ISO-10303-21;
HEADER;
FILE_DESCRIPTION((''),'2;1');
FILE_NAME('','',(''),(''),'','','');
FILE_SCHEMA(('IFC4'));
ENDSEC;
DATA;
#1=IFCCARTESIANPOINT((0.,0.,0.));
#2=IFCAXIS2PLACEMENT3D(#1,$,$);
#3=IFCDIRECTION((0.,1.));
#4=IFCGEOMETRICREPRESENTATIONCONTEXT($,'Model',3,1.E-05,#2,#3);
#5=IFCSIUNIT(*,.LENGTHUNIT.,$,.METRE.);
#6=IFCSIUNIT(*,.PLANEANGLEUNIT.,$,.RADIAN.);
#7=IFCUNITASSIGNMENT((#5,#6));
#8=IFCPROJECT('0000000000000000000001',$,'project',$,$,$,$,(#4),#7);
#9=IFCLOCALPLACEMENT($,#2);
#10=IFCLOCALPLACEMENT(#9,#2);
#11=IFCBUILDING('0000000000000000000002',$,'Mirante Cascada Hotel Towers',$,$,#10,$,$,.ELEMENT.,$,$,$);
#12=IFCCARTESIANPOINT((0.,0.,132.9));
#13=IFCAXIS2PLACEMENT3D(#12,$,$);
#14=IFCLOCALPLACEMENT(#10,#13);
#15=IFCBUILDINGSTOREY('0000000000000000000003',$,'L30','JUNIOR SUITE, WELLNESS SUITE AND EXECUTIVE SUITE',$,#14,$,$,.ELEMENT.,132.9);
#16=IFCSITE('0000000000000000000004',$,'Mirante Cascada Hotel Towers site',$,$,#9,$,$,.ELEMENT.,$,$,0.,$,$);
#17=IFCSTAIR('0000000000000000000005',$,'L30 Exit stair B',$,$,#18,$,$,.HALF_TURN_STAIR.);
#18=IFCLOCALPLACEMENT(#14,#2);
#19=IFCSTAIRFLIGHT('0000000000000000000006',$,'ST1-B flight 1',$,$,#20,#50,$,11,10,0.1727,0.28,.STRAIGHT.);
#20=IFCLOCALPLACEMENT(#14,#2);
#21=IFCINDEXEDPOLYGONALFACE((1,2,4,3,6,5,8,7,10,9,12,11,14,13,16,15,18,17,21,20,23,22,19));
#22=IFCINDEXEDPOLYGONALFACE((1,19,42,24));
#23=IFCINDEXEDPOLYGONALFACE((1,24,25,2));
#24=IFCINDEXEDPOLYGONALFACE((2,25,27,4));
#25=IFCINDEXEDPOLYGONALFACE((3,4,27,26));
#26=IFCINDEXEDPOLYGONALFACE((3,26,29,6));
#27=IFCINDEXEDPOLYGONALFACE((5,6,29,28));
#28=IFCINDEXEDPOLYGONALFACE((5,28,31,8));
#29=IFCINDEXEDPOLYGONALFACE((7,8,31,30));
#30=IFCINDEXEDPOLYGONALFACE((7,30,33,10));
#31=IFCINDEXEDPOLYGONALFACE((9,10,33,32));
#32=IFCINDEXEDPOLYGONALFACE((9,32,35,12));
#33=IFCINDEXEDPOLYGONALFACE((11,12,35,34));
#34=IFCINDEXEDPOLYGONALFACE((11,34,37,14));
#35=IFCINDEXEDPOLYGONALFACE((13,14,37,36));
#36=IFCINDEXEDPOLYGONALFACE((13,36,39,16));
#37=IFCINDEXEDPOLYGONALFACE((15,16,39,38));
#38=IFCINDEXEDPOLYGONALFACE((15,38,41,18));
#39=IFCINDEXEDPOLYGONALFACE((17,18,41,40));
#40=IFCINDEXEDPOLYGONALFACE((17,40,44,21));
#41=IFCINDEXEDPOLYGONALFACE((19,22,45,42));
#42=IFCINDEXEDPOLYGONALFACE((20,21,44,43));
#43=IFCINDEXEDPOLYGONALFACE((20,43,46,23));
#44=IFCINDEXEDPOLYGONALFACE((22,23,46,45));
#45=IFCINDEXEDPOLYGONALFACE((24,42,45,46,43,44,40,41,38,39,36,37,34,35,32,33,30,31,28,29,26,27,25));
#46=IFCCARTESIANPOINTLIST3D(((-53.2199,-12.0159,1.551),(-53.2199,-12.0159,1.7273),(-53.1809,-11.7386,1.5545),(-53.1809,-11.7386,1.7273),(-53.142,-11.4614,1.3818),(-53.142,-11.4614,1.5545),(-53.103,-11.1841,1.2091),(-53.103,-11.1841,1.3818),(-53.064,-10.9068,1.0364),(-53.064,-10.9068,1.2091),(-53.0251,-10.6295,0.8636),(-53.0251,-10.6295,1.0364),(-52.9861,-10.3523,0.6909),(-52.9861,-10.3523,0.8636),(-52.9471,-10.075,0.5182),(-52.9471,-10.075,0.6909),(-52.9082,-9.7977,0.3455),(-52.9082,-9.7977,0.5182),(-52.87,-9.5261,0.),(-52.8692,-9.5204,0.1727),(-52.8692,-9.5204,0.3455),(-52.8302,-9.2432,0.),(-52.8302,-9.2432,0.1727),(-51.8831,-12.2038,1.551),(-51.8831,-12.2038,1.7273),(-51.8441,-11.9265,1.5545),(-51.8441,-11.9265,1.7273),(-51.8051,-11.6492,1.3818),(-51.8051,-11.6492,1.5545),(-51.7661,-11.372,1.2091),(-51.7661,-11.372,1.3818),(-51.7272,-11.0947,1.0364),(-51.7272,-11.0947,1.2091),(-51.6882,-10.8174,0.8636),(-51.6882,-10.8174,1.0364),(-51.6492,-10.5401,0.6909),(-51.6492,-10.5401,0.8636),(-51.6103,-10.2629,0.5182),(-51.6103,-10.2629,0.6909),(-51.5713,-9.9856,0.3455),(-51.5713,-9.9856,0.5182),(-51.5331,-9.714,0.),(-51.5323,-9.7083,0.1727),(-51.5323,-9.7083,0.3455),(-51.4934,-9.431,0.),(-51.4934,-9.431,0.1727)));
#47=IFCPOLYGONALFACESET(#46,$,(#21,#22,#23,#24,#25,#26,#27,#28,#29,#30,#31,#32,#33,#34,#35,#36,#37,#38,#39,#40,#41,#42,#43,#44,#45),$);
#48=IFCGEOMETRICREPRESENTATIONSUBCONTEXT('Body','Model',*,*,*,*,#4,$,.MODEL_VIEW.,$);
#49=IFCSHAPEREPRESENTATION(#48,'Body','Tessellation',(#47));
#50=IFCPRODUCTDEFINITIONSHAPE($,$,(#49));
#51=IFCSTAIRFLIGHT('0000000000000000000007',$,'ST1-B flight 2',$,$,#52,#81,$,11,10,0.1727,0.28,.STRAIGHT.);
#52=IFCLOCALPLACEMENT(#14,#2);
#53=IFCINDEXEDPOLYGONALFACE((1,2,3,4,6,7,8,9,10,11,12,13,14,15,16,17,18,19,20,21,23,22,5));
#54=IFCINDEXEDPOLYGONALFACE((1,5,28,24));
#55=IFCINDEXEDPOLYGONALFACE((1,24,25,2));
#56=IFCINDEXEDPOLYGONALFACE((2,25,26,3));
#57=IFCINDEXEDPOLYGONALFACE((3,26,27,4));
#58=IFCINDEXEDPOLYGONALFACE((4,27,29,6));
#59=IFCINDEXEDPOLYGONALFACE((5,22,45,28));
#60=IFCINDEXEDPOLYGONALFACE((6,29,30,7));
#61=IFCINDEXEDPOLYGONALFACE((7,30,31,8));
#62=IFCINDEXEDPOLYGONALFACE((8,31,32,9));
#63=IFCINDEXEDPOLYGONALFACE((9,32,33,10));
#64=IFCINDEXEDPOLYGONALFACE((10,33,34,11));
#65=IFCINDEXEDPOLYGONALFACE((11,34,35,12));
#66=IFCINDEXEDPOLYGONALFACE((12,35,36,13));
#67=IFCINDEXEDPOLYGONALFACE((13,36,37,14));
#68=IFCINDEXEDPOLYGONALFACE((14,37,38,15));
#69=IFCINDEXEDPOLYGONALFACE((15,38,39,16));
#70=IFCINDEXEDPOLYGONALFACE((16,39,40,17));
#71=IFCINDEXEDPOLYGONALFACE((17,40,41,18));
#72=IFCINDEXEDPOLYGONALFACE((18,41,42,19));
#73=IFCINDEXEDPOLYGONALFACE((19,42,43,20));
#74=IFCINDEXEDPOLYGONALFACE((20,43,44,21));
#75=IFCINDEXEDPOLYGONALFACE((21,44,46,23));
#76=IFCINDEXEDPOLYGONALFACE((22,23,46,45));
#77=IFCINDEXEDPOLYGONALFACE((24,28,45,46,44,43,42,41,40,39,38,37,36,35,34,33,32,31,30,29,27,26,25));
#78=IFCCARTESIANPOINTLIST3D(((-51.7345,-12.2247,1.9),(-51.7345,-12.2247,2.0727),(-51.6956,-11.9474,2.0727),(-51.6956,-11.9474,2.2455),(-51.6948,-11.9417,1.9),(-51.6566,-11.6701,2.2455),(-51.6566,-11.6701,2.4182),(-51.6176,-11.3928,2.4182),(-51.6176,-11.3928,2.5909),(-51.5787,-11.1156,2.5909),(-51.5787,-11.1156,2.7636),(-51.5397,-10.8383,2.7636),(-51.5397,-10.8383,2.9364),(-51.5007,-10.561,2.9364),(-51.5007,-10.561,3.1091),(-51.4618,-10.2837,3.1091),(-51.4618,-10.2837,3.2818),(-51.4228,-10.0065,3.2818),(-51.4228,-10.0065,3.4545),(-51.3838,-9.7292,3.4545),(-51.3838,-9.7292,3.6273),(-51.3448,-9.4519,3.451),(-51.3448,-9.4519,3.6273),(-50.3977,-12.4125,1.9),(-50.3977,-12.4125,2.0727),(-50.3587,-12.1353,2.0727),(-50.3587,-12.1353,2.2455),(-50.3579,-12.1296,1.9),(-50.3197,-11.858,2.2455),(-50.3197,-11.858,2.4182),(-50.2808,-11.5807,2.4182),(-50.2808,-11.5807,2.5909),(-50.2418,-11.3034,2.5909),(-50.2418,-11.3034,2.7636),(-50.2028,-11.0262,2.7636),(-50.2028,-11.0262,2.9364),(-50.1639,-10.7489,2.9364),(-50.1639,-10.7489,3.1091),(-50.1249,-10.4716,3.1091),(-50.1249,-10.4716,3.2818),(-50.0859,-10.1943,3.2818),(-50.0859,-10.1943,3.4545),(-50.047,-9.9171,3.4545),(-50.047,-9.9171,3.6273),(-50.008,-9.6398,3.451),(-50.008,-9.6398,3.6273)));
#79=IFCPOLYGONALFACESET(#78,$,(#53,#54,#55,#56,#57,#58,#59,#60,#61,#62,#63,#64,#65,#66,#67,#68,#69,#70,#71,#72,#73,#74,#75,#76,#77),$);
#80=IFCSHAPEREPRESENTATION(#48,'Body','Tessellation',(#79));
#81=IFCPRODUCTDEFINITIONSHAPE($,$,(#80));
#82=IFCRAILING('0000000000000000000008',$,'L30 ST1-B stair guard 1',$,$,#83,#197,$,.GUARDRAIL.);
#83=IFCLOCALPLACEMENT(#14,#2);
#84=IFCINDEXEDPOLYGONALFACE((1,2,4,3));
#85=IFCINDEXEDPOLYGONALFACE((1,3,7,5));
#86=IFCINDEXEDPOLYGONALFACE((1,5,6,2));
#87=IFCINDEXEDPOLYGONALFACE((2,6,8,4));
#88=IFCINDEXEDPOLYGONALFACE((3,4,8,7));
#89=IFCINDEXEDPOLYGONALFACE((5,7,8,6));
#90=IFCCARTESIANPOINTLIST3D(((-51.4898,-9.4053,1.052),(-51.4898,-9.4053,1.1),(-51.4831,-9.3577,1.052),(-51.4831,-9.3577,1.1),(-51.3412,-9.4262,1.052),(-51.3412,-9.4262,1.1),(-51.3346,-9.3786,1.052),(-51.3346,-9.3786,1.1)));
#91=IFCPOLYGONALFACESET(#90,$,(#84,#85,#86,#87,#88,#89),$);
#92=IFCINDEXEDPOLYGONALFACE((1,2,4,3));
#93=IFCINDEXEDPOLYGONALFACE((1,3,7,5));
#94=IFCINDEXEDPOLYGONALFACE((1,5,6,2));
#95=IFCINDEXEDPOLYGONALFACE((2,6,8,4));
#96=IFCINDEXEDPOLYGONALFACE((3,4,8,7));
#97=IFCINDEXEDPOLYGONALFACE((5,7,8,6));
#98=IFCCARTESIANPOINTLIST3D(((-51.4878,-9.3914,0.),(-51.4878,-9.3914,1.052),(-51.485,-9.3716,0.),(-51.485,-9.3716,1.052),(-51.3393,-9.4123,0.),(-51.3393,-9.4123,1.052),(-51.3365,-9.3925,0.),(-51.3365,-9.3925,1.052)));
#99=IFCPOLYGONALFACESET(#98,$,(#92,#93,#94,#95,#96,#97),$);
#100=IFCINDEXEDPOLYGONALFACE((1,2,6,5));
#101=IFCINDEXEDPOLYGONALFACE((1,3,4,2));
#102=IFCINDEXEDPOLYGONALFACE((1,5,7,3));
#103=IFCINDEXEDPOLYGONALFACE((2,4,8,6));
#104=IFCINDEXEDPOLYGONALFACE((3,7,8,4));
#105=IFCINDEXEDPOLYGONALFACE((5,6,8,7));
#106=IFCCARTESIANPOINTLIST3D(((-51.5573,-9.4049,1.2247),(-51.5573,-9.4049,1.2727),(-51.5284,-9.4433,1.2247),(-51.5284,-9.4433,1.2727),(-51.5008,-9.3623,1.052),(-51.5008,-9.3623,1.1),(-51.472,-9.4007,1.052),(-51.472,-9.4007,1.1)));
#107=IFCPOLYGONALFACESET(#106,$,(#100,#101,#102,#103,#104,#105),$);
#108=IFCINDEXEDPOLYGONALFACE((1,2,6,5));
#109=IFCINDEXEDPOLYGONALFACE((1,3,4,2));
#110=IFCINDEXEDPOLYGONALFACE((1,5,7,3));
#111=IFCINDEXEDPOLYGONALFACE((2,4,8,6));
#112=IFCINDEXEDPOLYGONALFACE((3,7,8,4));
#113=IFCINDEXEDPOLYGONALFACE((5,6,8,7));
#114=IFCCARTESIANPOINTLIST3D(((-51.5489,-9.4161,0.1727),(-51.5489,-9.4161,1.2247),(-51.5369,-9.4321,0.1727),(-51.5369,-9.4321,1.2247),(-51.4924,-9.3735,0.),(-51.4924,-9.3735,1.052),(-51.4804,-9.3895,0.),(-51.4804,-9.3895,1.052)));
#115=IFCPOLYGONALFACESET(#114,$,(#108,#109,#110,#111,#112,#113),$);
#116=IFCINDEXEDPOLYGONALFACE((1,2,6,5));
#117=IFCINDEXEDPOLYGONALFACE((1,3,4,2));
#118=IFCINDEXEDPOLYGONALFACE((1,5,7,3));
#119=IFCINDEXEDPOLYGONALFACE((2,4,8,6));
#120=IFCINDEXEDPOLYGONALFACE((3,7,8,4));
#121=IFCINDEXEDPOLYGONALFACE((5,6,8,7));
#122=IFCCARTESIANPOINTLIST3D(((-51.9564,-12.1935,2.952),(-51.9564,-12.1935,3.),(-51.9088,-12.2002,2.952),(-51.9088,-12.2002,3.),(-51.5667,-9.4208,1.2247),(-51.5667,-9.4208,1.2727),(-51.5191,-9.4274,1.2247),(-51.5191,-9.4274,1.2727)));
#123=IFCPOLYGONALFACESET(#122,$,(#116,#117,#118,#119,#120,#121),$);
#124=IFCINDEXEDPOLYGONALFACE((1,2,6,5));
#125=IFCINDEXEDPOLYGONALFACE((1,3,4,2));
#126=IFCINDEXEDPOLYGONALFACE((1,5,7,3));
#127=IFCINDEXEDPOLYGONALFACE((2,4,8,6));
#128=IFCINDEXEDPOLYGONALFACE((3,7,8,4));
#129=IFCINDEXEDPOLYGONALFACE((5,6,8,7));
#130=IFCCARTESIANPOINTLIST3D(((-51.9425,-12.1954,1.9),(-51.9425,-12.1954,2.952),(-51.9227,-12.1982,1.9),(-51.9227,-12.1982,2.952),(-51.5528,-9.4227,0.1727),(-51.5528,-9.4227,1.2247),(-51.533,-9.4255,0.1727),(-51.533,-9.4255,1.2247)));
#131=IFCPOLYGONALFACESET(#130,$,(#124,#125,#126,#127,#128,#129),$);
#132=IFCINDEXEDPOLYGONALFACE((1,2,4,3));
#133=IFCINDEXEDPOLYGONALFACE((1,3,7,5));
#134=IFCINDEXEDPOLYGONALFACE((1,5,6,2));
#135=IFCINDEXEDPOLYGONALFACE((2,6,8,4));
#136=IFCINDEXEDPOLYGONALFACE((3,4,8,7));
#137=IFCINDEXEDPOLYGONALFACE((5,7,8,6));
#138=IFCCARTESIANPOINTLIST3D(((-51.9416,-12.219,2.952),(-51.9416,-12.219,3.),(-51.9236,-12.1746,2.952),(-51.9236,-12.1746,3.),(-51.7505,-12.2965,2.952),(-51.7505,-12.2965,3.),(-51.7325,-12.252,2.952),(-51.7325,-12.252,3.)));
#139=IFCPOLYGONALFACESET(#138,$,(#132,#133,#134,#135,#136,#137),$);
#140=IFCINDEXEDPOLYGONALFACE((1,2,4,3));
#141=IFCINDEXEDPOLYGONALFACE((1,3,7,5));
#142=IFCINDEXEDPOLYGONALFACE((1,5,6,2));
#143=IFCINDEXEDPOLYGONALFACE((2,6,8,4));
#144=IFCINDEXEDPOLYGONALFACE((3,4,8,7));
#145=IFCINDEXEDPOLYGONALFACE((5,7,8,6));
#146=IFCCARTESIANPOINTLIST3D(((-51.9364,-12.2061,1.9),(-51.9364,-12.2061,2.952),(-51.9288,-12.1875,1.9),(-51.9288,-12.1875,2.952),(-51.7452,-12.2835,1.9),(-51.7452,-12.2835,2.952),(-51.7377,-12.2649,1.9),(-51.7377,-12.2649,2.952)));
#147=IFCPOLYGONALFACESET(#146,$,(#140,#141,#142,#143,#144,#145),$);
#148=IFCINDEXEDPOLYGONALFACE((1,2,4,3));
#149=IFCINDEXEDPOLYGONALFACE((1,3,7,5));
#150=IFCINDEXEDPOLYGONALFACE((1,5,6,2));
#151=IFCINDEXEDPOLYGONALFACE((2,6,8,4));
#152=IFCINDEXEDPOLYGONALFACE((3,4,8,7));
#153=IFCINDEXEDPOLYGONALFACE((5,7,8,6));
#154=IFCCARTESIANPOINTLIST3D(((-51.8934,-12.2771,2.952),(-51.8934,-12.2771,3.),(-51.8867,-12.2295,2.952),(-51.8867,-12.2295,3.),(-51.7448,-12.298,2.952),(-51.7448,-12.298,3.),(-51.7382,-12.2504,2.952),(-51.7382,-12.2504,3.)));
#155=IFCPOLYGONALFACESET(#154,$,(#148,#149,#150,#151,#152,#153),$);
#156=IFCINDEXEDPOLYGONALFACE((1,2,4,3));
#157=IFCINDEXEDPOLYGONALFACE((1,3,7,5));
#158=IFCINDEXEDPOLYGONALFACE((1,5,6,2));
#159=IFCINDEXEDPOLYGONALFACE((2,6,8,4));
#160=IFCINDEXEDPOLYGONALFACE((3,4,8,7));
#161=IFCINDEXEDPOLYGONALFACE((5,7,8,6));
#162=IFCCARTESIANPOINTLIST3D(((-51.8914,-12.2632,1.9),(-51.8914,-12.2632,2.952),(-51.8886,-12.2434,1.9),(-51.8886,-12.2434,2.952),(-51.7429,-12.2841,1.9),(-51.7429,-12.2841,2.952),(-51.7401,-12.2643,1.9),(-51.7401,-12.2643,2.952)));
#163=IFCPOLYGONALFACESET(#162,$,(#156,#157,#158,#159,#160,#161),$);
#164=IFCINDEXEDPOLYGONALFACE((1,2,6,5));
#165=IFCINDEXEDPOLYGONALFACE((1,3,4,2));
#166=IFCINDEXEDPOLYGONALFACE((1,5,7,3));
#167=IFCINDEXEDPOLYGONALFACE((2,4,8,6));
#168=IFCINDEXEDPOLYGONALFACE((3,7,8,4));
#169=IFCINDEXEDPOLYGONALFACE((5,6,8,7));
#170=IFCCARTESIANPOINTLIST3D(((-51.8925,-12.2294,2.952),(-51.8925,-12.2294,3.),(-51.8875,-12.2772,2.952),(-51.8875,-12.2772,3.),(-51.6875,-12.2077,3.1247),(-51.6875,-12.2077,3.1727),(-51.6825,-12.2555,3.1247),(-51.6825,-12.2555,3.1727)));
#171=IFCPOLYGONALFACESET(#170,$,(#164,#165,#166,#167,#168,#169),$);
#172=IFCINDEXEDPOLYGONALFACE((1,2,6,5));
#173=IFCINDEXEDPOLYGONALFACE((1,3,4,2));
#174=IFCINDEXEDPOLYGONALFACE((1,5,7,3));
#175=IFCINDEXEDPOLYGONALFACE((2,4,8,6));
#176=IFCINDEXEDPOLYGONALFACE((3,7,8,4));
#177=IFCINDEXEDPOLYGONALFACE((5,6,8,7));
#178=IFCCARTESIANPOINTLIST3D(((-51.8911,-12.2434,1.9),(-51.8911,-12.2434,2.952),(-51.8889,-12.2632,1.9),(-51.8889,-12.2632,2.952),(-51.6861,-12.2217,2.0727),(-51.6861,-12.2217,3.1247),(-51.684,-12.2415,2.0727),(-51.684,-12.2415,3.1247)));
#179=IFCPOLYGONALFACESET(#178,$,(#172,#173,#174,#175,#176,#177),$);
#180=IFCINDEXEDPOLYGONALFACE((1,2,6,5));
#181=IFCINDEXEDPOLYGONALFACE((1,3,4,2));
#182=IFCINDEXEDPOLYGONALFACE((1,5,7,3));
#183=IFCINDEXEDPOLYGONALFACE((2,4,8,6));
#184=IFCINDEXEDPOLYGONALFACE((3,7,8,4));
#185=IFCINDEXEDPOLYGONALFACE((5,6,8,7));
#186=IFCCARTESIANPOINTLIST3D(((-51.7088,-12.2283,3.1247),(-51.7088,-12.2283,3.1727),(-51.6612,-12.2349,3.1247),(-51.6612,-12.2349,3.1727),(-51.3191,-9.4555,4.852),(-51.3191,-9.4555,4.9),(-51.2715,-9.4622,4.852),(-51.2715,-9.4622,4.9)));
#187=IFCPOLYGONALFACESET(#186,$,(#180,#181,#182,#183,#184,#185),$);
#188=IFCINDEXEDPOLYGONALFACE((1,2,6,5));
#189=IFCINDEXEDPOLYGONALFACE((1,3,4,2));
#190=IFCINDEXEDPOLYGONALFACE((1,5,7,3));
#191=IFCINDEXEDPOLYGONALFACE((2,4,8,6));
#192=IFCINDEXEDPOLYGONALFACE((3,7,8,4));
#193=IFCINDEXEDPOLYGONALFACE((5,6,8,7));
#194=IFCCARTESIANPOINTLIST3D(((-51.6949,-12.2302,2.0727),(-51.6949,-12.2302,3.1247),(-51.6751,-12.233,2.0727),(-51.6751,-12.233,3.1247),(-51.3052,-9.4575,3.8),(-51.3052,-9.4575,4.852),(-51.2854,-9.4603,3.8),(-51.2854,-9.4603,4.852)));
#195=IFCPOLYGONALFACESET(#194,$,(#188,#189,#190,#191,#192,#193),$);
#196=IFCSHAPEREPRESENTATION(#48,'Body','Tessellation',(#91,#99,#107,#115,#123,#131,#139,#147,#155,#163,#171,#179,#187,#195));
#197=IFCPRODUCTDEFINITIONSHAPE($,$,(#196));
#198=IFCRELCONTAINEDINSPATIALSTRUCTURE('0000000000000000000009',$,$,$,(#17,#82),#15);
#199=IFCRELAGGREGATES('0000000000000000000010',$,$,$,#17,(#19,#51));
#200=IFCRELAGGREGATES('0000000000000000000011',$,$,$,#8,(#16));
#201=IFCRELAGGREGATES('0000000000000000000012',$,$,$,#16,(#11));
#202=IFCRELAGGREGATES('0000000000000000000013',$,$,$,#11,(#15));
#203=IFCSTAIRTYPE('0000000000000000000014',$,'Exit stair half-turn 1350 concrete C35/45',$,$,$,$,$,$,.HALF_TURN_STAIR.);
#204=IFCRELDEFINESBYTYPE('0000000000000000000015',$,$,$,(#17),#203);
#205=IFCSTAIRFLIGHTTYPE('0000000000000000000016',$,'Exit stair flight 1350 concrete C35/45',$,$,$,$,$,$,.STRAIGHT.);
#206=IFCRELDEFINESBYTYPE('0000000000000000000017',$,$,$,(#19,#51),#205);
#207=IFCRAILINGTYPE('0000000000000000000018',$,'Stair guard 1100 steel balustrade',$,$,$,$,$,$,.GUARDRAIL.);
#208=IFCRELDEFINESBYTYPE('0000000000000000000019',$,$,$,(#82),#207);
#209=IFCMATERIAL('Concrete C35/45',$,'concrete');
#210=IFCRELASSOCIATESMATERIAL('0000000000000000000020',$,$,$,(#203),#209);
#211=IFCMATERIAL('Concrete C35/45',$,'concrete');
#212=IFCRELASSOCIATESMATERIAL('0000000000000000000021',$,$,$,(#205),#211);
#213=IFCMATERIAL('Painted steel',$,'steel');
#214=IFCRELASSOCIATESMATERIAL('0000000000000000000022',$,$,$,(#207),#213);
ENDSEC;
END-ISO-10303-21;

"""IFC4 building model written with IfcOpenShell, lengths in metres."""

from ifc_helpers import new_model, si_unit, direction, frame, origin, origin_2d, place, context, subcontext, project, spatial, polyline, rectangle, outline, extrude, material, type_object, element, aggregate, save


model = new_model("IFC4")

# Units and contexts
model_context = context("Model", 3, precision=1e-05, world=origin(), true_north=direction((0.0, 1.0)))
body_context = subcontext(model_context, "Body", "Model", "MODEL_VIEW")
ifc_project = project(units=[si_unit("LENGTHUNIT", "METRE"), si_unit("PLANEANGLEUNIT", "RADIAN")], contexts=[model_context])

# Site, building, storey
site_placement = place(None, origin())
site = spatial("IfcSite", under=ifc_project, at=site_placement, Name="Mirante Cascada Hotel Towers site", CompositionType="ELEMENT", RefElevation=0.0)
building_placement = place(site_placement, origin())
building = spatial("IfcBuilding", under=site, at=building_placement, Name="Mirante Cascada Hotel Towers", CompositionType="ELEMENT")
storey_placement = place(building_placement, frame((0.0, 0.0, 132.9)))
storey = spatial("IfcBuildingStorey", under=building, at=storey_placement, Name="L30", Description="JUNIOR SUITE, WELLNESS SUITE AND EXECUTIVE SUITE", CompositionType="ELEMENT", Elevation=132.9)

# Stair, stair flights
ifc_material_1 = material(Name="Concrete C35/45", Category="concrete")
stair_type = type_object("IfcStairType", Name="Exit stair half-turn 1350 concrete C35/45", PredefinedType="HALF_TURN_STAIR", material=ifc_material_1)
stair_placement = place(storey_placement, origin())
stair = element("IfcStair", 1, at=stair_placement, inside=storey, type_object=stair_type, Name="L30 Exit stair B", PredefinedType="HALF_TURN_STAIR")
ifc_material_2 = material(Name="Concrete C35/45", Category="concrete")
stair_flight_type = type_object("IfcStairFlightType", Name="Exit stair flight 1350 concrete C35/45", PredefinedType="STRAIGHT", material=ifc_material_2)
stair_flight_1_placement = place(storey_placement, frame((-52.1618, -9.3371, 0.0), z_axis=(0.0, 0.0, 1.0), x_axis=(-0.139173, -0.990268, 0.0)))
stair_flight_1 = element("IfcStairFlight", 2, at=stair_flight_1_placement, type_object=stair_flight_type, Name="ST1-B flight 1", NumberOfRisers=11, NumberOfTreads=10, PredefinedType="STRAIGHT", RiserHeight=0.1727, TreadLength=0.28, context=body_context, shape_type="SweptSolid", body=[
    extrude(outline(polyline([(0.0, 0.0), (0.0, 0.1727), (0.28, 0.1727), (0.28, 0.3455), (0.56, 0.3455), (0.56, 0.5182), (0.84, 0.5182), (0.84, 0.6909), (1.12, 0.6909), (1.12, 0.8636), (1.4, 0.8636), (1.4, 1.0364), (1.68, 1.0364), (1.68, 1.2091), (1.96, 1.2091), (1.96, 1.3818), (2.24, 1.3818), (2.24, 1.5545), (2.52, 1.5545), (2.52, 1.7273), (2.8, 1.7273), (2.8, 1.9), (2.8, 1.551), (0.2857, 0.0), (0.0, 0.0)])), frame((0.0, 0.675, 0.0), z_axis=(0.0, -1.0, 0.0), x_axis=(1.0, 0.0, 0.0)), (0.0, 0.0, 1.0), 1.35),
])
stair_flight_2_placement = place(storey_placement, frame((-51.0661, -12.3186, 1.9), z_axis=(0.0, 0.0, 1.0), x_axis=(0.139173, 0.990268, 0.0)))
stair_flight_2 = element("IfcStairFlight", 3, at=stair_flight_2_placement, type_object=stair_flight_type, Name="ST1-B flight 2", NumberOfRisers=11, NumberOfTreads=10, PredefinedType="STRAIGHT", RiserHeight=0.1727, TreadLength=0.28, context=body_context, shape_type="SweptSolid", body=[
    extrude(outline(polyline([(0.0, 0.0), (0.0, 0.1727), (0.28, 0.1727), (0.28, 0.3455), (0.56, 0.3455), (0.56, 0.5182), (0.84, 0.5182), (0.84, 0.6909), (1.12, 0.6909), (1.12, 0.8636), (1.4, 0.8636), (1.4, 1.0364), (1.68, 1.0364), (1.68, 1.2091), (1.96, 1.2091), (1.96, 1.3818), (2.24, 1.3818), (2.24, 1.5545), (2.52, 1.5545), (2.52, 1.7273), (2.8, 1.7273), (2.8, 1.9), (2.8, 1.551), (0.2857, 0.0), (0.0, 0.0)])), frame((0.0, 0.675, 0.0), z_axis=(0.0, -1.0, 0.0), x_axis=(1.0, 0.0, 0.0)), (0.0, 0.0, 1.0), 1.35),
])
aggregate(stair, [stair_flight_1, stair_flight_2])

# Railing
ifc_material_3 = material(Name="Painted steel", Category="steel")
railing_type_1 = type_object("IfcRailingType", Name="Stair guard 1100 steel balustrade", PredefinedType="GUARDRAIL", material=ifc_material_3)
railing_1_placement = place(storey_placement, frame((-51.3379, -9.4024, 0.0)))
element("IfcRailing", 4, at=railing_1_placement, inside=storey, type_object=railing_type_1, Name="L30 ST1-B stair guard 1", PredefinedType="GUARDRAIL", context=body_context, shape_type="SweptSolid", body=[
    extrude(rectangle(XDim=0.048, YDim=0.048, at=origin_2d()), frame((0.0, 0.0, 1.076), z_axis=(-0.990241, 0.139367, 0.0), x_axis=(-0.139367, -0.990241, 0.0)), (0.0, 0.0, 1.0), 0.15),
    extrude(rectangle(XDim=0.02, YDim=1.052, at=origin_2d()), frame((0.0, 0.0, 0.526), z_axis=(-0.990241, 0.139367, 0.0), x_axis=(-0.139367, -0.990241, 0.0)), (0.0, 0.0, 1.0), 0.15),
    extrude(rectangle(XDim=0.048, YDim=0.048, at=origin_2d()), frame((-0.1485, 0.0209, 1.076), z_axis=(-0.798471, -0.602033, 0.0), x_axis=(0.602033, -0.798471, 0.0)), (0.0, 0.92534, 0.379139), 0.1866),
    extrude(rectangle(XDim=0.02, YDim=1.052, at=origin_2d()), frame((-0.1485, 0.0209, 0.526), z_axis=(-0.798471, -0.602033, 0.0), x_axis=(0.602033, -0.798471, 0.0)), (0.0, 0.92534, 0.379139), 0.1866),
    extrude(rectangle(XDim=0.048, YDim=0.048, at=origin_2d()), frame((-0.205, -0.0217, 1.2487), z_axis=(-0.139181, -0.990267, 0.0), x_axis=(0.990267, -0.139181, 0.0)), (0.0, 0.525035, 0.851081), 3.2899),
    extrude(rectangle(XDim=0.02, YDim=1.052, at=origin_2d()), frame((-0.205, -0.0217, 0.6987), z_axis=(-0.139181, -0.990267, 0.0), x_axis=(0.990267, -0.139181, 0.0)), (0.0, 0.525035, 0.851081), 3.2899),
    extrude(rectangle(XDim=0.048, YDim=0.048, at=origin_2d()), frame((-0.5947, -2.7944, 2.976), z_axis=(0.926862, -0.375401, 0.0), x_axis=(0.375401, 0.926862, 0.0)), (0.0, 0.0, 1.0), 0.2062),
    extrude(rectangle(XDim=0.02, YDim=1.052, at=origin_2d()), frame((-0.5947, -2.7944, 2.426), z_axis=(0.926862, -0.375401, 0.0), x_axis=(0.375401, 0.926862, 0.0)), (0.0, 0.0, 1.0), 0.2062),
    extrude(rectangle(XDim=0.048, YDim=0.048, at=origin_2d()), frame((-0.4036, -2.8718, 2.976), z_axis=(-0.990241, 0.139367, 0.0), x_axis=(-0.139367, -0.990241, 0.0)), (0.0, 0.0, 1.0), 0.15),
    extrude(rectangle(XDim=0.02, YDim=1.052, at=origin_2d()), frame((-0.4036, -2.8718, 2.426), z_axis=(-0.990241, 0.139367, 0.0), x_axis=(-0.139367, -0.990241, 0.0)), (0.0, 0.0, 1.0), 0.15),
    extrude(rectangle(XDim=0.048, YDim=0.048, at=origin_2d()), frame((-0.5521, -2.8509, 2.976), z_axis=(0.994444, 0.105266, 0.0), x_axis=(-0.105266, 0.994444, 0.0)), (0.0, 0.642184, 0.76655), 0.2689),
    extrude(rectangle(XDim=0.02, YDim=1.052, at=origin_2d()), frame((-0.5521, -2.8509, 2.426), z_axis=(0.994444, 0.105266, 0.0), x_axis=(-0.105266, 0.994444, 0.0)), (0.0, 0.642184, 0.76655), 0.2689),
    extrude(rectangle(XDim=0.048, YDim=0.048, at=origin_2d()), frame((-0.3471, -2.8292, 3.1487), z_axis=(0.139181, 0.990267, 0.0), x_axis=(-0.990267, 0.139181, 0.0)), (0.0, 0.525035, 0.851081), 3.2899),
    extrude(rectangle(XDim=0.02, YDim=1.052, at=origin_2d()), frame((-0.3471, -2.8292, 2.5987), z_axis=(0.139181, 0.990267, 0.0), x_axis=(-0.990267, 0.139181, 0.0)), (0.0, 0.525035, 0.851081), 3.2899),
])

save(model, "model.ifc")
